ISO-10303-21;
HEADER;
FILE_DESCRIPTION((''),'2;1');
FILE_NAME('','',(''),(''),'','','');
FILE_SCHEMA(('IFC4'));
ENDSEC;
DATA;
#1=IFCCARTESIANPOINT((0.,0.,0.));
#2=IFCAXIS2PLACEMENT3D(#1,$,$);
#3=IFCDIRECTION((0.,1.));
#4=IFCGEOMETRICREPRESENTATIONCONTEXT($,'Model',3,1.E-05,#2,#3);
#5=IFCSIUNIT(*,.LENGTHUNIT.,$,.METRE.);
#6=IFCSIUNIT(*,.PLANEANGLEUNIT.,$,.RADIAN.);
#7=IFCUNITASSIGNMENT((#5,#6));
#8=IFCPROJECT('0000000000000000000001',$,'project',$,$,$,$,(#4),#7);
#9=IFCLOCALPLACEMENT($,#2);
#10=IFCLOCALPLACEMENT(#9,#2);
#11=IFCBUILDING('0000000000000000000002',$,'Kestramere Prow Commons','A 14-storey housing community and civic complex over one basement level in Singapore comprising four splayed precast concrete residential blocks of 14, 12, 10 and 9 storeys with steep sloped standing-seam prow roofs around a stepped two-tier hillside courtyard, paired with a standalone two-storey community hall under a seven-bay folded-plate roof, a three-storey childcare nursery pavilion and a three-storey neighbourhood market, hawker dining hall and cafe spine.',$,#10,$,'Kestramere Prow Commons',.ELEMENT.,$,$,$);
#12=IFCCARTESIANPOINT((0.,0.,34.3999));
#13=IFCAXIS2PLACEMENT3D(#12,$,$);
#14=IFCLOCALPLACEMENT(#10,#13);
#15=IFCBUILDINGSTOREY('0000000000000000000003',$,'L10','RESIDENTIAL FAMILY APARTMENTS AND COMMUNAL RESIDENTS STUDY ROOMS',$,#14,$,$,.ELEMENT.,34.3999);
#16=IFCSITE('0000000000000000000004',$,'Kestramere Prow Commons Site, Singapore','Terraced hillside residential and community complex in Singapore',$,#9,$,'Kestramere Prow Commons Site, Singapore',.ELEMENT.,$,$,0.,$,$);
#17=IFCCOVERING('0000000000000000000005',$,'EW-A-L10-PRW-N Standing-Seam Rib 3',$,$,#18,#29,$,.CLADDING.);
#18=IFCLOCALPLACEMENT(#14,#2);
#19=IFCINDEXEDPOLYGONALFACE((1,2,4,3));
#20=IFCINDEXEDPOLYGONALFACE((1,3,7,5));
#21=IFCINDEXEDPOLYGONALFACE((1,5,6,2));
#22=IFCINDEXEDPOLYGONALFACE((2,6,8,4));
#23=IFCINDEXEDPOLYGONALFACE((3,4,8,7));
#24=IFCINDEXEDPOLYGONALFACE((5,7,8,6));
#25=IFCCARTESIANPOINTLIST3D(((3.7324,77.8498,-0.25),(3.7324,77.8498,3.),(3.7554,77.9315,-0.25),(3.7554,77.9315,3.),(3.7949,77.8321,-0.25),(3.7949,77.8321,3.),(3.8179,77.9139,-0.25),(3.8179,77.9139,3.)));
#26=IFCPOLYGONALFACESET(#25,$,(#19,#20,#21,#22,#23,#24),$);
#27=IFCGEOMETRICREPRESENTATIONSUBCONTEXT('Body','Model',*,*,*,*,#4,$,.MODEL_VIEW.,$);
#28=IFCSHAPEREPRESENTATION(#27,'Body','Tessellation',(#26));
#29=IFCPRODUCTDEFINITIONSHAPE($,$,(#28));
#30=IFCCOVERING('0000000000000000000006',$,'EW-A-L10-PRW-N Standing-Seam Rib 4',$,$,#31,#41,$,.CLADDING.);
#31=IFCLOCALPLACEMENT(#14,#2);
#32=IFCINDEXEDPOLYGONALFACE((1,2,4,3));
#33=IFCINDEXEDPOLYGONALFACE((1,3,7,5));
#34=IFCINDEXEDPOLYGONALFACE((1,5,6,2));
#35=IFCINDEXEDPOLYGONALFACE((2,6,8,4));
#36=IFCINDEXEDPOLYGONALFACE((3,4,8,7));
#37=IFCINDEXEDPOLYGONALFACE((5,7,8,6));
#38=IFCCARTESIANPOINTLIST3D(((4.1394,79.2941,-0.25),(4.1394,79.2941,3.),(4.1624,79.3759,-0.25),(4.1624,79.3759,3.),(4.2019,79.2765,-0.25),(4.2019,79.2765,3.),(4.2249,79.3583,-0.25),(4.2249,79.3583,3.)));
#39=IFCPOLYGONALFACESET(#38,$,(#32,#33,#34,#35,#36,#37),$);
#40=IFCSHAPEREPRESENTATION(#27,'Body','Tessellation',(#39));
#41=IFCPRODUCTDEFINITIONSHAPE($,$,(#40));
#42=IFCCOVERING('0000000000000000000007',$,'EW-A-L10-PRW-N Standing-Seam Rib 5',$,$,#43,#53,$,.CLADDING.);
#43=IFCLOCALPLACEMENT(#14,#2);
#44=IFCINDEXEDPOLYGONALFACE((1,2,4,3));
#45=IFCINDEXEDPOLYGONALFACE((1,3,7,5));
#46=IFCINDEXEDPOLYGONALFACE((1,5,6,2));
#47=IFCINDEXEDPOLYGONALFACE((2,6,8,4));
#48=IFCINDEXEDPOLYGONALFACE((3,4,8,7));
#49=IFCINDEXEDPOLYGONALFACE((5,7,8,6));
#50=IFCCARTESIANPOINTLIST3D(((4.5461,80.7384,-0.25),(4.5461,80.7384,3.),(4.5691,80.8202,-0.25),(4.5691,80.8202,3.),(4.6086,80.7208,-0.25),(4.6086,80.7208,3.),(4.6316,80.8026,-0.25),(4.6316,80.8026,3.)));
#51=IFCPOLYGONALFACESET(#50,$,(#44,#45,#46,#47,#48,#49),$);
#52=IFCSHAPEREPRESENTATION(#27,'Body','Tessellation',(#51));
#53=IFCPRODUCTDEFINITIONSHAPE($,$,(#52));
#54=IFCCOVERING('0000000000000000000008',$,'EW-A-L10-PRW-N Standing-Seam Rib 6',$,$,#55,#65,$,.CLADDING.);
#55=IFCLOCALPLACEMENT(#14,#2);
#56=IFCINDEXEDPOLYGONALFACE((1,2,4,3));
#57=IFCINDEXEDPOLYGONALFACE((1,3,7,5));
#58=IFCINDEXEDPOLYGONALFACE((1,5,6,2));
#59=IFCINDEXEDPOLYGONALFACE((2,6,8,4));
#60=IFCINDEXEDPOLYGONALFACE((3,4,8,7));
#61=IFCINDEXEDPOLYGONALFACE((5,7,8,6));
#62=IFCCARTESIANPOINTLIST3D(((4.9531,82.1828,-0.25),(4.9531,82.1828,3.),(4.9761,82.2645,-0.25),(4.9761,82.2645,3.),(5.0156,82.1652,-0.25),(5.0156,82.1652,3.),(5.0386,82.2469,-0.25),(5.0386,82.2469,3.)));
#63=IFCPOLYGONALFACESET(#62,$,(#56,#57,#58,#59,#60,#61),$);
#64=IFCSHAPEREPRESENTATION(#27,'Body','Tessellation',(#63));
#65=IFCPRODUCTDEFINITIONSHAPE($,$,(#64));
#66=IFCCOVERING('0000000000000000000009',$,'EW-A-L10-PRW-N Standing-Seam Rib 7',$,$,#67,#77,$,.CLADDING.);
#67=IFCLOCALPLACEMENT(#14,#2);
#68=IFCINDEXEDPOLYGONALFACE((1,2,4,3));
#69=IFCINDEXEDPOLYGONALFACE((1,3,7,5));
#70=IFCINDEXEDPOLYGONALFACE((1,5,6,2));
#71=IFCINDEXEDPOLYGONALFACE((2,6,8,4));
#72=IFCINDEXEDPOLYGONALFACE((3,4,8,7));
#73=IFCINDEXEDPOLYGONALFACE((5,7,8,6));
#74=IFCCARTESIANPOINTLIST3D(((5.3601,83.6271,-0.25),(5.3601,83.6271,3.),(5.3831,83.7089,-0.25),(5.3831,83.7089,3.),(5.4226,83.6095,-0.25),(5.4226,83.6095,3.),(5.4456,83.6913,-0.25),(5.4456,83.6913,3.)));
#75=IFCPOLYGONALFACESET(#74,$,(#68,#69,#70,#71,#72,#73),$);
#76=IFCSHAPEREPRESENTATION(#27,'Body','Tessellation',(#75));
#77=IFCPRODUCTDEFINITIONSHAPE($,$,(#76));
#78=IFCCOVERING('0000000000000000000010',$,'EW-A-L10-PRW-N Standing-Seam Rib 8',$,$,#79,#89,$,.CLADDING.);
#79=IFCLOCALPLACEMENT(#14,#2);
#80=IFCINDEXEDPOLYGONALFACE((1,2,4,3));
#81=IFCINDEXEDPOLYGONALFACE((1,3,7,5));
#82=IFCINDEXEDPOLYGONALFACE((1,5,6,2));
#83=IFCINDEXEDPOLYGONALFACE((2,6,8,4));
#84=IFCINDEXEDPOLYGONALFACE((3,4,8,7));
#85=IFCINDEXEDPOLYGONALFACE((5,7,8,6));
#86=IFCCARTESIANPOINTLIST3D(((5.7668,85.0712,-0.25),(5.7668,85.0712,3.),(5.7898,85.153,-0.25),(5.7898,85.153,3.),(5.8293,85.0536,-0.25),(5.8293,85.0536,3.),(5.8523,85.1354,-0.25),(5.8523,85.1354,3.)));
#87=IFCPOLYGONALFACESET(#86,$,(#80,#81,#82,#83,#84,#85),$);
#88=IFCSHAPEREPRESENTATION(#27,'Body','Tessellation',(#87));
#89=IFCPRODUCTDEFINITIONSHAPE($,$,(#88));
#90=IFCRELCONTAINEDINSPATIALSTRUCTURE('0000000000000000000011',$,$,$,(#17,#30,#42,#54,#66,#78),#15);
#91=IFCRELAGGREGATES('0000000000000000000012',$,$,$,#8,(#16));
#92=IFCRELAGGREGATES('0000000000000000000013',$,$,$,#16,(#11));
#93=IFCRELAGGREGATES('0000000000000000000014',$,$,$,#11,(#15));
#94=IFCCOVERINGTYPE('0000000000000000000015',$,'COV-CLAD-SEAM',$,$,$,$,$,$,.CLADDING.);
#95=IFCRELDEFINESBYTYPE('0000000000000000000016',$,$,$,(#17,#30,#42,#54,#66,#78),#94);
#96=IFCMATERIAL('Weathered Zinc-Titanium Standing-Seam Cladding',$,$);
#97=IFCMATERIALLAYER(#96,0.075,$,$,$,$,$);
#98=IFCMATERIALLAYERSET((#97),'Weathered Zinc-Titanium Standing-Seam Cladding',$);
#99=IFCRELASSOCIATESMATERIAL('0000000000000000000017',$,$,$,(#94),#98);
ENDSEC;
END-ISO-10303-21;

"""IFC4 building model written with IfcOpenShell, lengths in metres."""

from ifc_helpers import new_model, si_unit, direction, frame, origin, origin_2d, place, context, subcontext, project, spatial, rectangle, extrude, material, layer, layer_set, type_object, element, save


model = new_model("IFC4")

# Units and contexts
model_context = context("Model", 3, precision=1e-05, world=origin(), true_north=direction((0.0, 1.0)))
body_context = subcontext(model_context, "Body", "Model", "MODEL_VIEW")
ifc_project = project(units=[si_unit("LENGTHUNIT", "METRE"), si_unit("PLANEANGLEUNIT", "RADIAN")], contexts=[model_context])

# Site, building, storey
site_placement = place(None, origin())
site = spatial("IfcSite", under=ifc_project, at=site_placement, Name="Kestramere Prow Commons Site, Singapore", Description="Terraced hillside residential and community complex in Singapore", LongName="Kestramere Prow Commons Site, Singapore", CompositionType="ELEMENT", RefElevation=0.0)
building_placement = place(site_placement, origin())
building = spatial("IfcBuilding", under=site, at=building_placement, Name="Kestramere Prow Commons", Description="A 14-storey housing community and civic complex over one basement level in Singapore comprising four splayed precast concrete residential blocks of 14, 12, 10 and 9 storeys with steep sloped standing-seam prow roofs around a stepped two-tier hillside courtyard, paired with a standalone two-storey community hall under a seven-bay folded-plate roof, a three-storey childcare nursery pavilion and a three-storey neighbourhood market, hawker dining hall and cafe spine.", LongName="Kestramere Prow Commons", CompositionType="ELEMENT")
storey_placement = place(building_placement, frame((0.0, 0.0, 34.3999)))
storey = spatial("IfcBuildingStorey", under=building, at=storey_placement, Name="L10", Description="RESIDENTIAL FAMILY APARTMENTS AND COMMUNAL RESIDENTS STUDY ROOMS", CompositionType="ELEMENT", Elevation=34.3999)

# Coverings
ifc_material_1 = material(Name="Weathered Zinc-Titanium Standing-Seam Cladding")
ifc_layer_1 = layer(ifc_material_1, 0.075)
ifc_layer_set_1 = layer_set([ifc_layer_1], Name="Weathered Zinc-Titanium Standing-Seam Cladding")
covering_type = type_object("IfcCoveringType", Name="COV-CLAD-SEAM", PredefinedType="CLADDING", material=ifc_layer_set_1)
for number, where, z_axis, x_axis, name in (
    (1, (3.7751, 77.8818, -0.25), (0.0, 0.0, 1.0), (0.27116, 0.962534, 0.0), "EW-A-L10-PRW-N Standing-Seam Rib 3"),
    (2, (4.1821, 79.3262, -0.25), (0.0, 0.0, 1.0), (0.27116, 0.962534, 0.0), "EW-A-L10-PRW-N Standing-Seam Rib 4"),
    (3, (4.5889, 80.7705, -0.25), (0.0, 0.0, 1.0), (0.27116, 0.962534, 0.0), "EW-A-L10-PRW-N Standing-Seam Rib 5"),
    (4, (4.9958, 82.2148, -0.25), (0.0, 0.0, 1.0), (0.27116, 0.962534, 0.0), "EW-A-L10-PRW-N Standing-Seam Rib 6"),
    (5, (5.4028, 83.6592, -0.25), (0.0, 0.0, 1.0), (0.27116, 0.962534, 0.0), "EW-A-L10-PRW-N Standing-Seam Rib 7"),
    (6, (5.8096, 85.1033, -0.25), (0.0, 0.0, 1.0), (0.27116, 0.962534, 0.0), "EW-A-L10-PRW-N Standing-Seam Rib 8"),
):
    element("IfcCovering", number, at=place(storey_placement, frame(where, z_axis=z_axis, x_axis=x_axis)), inside=storey, type_object=covering_type, Name=name, PredefinedType="CLADDING", context=body_context, shape_type="SweptSolid", body=[
        extrude(rectangle(XDim=0.085, YDim=0.0649, at=origin_2d()), origin(), (0.0, 0.0, 1.0), 3.25),
    ])

save(model, "model.ifc")
